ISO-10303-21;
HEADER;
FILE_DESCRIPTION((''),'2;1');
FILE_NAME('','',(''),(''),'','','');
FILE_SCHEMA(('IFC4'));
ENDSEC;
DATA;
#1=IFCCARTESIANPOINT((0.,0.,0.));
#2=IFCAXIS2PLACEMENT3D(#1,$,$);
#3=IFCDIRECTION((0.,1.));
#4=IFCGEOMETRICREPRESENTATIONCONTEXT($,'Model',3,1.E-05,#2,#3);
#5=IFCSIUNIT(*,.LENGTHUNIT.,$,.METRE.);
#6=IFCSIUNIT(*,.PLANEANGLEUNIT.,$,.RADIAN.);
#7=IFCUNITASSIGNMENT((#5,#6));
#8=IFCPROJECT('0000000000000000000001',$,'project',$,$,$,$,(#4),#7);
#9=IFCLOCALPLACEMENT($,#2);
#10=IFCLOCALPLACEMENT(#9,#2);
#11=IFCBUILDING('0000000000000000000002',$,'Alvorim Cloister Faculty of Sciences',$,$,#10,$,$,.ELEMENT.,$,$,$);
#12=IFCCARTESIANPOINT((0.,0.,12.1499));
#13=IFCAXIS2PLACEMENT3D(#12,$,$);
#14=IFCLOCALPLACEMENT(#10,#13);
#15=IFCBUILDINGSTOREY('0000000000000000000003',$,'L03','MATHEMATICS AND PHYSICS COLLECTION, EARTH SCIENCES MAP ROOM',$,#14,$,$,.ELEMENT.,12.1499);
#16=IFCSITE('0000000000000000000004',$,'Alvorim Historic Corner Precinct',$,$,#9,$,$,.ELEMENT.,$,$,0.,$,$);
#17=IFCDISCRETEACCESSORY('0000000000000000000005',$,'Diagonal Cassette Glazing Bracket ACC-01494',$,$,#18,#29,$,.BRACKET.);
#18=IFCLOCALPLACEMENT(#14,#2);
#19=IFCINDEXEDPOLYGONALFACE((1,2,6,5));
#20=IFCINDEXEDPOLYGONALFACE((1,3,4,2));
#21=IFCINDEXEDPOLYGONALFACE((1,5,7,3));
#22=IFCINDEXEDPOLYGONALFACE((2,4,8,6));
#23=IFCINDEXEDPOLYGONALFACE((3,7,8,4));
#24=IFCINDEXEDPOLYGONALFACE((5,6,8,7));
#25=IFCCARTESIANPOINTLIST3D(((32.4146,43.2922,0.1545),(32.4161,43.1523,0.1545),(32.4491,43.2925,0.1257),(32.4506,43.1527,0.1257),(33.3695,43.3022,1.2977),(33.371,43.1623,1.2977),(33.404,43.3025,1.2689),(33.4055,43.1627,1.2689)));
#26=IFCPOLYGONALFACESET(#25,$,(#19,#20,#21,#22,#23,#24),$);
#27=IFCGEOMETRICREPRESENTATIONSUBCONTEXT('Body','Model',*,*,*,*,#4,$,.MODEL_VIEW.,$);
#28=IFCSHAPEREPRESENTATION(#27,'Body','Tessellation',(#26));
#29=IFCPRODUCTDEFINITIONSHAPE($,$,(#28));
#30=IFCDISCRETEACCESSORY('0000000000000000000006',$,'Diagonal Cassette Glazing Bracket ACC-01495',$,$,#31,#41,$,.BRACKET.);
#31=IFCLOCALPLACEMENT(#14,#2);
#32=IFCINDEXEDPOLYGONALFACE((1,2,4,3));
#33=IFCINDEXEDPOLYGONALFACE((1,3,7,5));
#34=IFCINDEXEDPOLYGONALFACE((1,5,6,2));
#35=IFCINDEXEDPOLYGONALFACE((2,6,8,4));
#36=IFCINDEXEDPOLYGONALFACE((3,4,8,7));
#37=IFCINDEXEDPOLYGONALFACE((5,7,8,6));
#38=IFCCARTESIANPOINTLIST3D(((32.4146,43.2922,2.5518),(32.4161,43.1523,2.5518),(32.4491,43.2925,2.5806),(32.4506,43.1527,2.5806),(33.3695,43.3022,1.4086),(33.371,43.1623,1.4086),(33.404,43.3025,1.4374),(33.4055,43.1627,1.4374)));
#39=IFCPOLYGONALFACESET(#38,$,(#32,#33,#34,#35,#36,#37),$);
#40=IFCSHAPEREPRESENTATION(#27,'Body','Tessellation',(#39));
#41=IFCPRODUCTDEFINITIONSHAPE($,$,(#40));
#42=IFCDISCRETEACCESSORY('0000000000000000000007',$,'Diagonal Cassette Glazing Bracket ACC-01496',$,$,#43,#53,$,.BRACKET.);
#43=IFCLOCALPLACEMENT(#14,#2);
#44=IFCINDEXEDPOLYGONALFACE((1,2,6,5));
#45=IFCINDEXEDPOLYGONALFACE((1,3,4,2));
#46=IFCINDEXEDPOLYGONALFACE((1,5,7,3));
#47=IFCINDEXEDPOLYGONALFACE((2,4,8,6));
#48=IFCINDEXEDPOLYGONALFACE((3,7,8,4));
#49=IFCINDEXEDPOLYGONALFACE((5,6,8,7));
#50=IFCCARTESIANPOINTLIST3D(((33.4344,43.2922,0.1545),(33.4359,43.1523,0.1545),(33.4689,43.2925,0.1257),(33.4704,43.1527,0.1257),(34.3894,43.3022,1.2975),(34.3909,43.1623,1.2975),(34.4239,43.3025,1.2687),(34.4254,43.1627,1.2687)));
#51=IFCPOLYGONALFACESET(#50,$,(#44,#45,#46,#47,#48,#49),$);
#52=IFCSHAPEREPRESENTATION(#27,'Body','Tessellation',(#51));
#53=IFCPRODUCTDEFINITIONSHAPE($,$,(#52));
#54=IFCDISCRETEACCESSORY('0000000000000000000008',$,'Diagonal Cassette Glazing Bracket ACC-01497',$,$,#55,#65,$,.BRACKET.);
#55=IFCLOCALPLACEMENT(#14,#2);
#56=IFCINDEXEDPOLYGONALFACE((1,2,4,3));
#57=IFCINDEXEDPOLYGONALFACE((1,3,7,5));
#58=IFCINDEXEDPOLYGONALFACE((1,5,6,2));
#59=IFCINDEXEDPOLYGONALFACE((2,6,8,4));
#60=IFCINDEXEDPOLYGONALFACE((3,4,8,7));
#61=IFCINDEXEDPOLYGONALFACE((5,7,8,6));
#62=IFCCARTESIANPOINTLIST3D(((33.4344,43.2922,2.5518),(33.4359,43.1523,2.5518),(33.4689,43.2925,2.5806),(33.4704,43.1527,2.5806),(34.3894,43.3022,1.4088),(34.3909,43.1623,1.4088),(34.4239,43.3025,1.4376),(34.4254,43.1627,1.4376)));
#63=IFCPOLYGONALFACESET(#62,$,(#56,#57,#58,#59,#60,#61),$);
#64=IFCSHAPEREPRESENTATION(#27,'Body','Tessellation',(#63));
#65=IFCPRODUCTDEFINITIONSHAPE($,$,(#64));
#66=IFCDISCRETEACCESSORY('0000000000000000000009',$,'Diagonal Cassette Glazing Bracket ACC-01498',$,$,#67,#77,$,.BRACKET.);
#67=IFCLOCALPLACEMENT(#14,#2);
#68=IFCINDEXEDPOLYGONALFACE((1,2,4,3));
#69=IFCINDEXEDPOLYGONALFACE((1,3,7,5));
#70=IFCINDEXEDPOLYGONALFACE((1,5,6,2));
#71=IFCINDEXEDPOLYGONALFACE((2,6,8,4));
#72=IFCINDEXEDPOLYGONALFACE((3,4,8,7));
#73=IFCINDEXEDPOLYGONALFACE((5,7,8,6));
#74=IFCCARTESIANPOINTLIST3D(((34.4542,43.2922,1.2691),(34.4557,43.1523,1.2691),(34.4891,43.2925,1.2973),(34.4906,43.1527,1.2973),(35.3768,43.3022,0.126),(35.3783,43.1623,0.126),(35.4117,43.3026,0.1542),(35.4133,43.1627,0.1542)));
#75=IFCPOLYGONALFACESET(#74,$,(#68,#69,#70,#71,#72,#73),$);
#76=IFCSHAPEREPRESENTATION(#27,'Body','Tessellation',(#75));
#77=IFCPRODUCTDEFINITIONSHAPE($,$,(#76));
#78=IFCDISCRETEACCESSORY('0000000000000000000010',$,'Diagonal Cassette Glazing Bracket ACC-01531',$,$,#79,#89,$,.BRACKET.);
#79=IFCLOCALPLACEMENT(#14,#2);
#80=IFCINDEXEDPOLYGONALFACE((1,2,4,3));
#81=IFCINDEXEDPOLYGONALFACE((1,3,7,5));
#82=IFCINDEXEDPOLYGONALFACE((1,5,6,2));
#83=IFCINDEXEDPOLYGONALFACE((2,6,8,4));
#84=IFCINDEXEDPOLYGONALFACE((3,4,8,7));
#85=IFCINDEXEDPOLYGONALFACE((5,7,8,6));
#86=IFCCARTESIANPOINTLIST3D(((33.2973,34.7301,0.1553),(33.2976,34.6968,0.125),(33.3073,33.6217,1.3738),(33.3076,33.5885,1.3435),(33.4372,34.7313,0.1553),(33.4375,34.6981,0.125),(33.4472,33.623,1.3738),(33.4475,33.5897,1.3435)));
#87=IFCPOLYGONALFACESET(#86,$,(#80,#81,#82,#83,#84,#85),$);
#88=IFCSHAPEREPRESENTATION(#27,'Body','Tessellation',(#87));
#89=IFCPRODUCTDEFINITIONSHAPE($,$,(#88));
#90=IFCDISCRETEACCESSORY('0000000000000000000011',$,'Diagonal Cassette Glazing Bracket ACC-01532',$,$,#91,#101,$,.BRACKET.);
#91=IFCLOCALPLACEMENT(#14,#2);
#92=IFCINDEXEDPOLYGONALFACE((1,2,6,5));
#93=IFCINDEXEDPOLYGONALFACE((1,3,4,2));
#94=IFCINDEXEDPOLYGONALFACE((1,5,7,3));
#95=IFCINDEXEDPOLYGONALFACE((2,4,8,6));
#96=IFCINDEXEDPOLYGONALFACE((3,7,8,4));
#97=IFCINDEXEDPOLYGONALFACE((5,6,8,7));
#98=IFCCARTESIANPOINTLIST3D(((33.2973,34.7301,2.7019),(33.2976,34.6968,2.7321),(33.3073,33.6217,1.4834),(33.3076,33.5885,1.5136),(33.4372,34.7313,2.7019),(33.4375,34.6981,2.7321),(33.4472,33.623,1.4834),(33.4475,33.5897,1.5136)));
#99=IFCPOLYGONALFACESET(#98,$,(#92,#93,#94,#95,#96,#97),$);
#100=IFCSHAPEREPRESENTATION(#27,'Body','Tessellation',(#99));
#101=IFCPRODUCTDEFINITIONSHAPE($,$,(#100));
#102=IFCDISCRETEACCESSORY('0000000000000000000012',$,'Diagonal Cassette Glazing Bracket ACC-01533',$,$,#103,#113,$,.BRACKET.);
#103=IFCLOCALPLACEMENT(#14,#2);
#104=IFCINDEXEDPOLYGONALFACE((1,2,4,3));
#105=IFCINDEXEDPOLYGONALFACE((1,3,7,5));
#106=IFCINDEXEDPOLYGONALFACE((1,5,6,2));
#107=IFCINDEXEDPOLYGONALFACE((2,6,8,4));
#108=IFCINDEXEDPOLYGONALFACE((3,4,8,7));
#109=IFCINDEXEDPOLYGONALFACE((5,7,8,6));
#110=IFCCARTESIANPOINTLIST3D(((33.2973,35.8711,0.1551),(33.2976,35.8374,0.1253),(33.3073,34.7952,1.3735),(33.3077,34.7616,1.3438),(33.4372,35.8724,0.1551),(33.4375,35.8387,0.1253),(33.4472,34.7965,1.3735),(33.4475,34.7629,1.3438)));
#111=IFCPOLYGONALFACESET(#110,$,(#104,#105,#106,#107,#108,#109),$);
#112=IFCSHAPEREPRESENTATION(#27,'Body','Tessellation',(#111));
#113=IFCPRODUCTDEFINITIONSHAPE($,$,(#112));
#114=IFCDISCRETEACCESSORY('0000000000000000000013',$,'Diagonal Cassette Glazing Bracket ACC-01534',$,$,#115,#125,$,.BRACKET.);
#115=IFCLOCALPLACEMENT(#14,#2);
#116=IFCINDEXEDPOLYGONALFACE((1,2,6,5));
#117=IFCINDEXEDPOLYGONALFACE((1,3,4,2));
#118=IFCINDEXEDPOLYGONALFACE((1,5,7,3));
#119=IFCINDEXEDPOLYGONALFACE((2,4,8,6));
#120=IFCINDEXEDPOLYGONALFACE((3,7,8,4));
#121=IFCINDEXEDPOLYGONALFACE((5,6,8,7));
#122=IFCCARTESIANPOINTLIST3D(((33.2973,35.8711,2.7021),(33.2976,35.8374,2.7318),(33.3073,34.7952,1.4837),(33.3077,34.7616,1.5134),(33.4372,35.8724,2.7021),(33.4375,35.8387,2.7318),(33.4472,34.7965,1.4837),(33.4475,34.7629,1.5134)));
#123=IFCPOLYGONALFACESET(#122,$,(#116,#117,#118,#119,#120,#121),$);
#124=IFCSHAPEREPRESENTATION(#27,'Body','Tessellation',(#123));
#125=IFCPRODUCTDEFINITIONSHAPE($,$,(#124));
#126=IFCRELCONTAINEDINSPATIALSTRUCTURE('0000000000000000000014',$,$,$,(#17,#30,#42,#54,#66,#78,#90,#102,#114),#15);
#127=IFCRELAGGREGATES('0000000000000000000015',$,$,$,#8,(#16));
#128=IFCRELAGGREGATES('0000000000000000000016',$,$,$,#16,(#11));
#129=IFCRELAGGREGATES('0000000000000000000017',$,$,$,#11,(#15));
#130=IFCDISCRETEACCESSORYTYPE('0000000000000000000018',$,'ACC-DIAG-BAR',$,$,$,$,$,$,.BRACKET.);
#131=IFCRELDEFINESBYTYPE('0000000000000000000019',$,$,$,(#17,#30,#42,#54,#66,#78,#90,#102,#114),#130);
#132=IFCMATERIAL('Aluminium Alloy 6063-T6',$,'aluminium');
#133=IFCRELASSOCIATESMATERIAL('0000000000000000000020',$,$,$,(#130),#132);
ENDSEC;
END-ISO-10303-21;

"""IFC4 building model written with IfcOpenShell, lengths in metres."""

from ifc_helpers import new_model, si_unit, direction, frame, origin, origin_2d, place, context, subcontext, project, spatial, rectangle, extrude, material, type_object, element, save


model = new_model("IFC4")

# Units and contexts
model_context = context("Model", 3, precision=1e-05, world=origin(), true_north=direction((0.0, 1.0)))
body_context = subcontext(model_context, "Body", "Model", "MODEL_VIEW")
ifc_project = project(units=[si_unit("LENGTHUNIT", "METRE"), si_unit("PLANEANGLEUNIT", "RADIAN")], contexts=[model_context])

# Site, building, storey
site_placement = place(None, origin())
site = spatial("IfcSite", under=ifc_project, at=site_placement, Name="Alvorim Historic Corner Precinct", CompositionType="ELEMENT", RefElevation=0.0)
building_placement = place(site_placement, origin())
building = spatial("IfcBuilding", under=site, at=building_placement, Name="Alvorim Cloister Faculty of Sciences", CompositionType="ELEMENT")
storey_placement = place(building_placement, frame((0.0, 0.0, 12.1499)))
storey = spatial("IfcBuildingStorey", under=building, at=storey_placement, Name="L03", Description="MATHEMATICS AND PHYSICS COLLECTION, EARTH SCIENCES MAP ROOM", CompositionType="ELEMENT", Elevation=12.1499)

# Shared definitions
ifc_material_1 = material(Name="Aluminium Alloy 6063-T6", Category="aluminium")

# Discrete accessories
discrete_accessory_type = type_object("IfcDiscreteAccessoryType", Name="ACC-DIAG-BAR", PredefinedType="BRACKET", material=ifc_material_1)
for number, where, z_axis, x_axis, name in (
    (1, (32.4326, 43.2224, 0.1401), (0.641072, 0.006721, 0.767451), (-0.010483, 0.999945, 0.0), "Diagonal Cassette Glazing Bracket ACC-01494"),
    (2, (32.4326, 43.2224, 2.5662), (0.641072, 0.006721, -0.767451), (-0.010483, 0.999945, 0.0), "Diagonal Cassette Glazing Bracket ACC-01495"),
    (3, (33.4524, 43.2224, 0.1401), (0.641169, 0.00672, 0.76737), (-0.01048, 0.999945, 0.0), "Diagonal Cassette Glazing Bracket ACC-01496"),
    (4, (33.4524, 43.2224, 2.5662), (0.641169, 0.00672, -0.76737), (-0.01048, 0.999945, 0.0), "Diagonal Cassette Glazing Bracket ACC-01497"),
):
    element("IfcDiscreteAccessory", number, at=place(storey_placement, frame(where, z_axis=z_axis, x_axis=x_axis)), inside=storey, type_object=discrete_accessory_type, Name=name, PredefinedType="BRACKET", context=body_context, shape_type="SweptSolid", body=[
        extrude(rectangle(XDim=0.1399, YDim=0.0449, at=origin_2d()), origin(), (0.0, 0.0, 1.0), 1.4895),
    ])
discrete_accessory_placement = place(storey_placement, frame((34.4724, 43.2224, 1.2832), z_axis=(0.628059, 0.006814, -0.778136), x_axis=(-0.010849, 0.999941, 0.0)))
element("IfcDiscreteAccessory", 5, at=discrete_accessory_placement, inside=storey, type_object=discrete_accessory_type, Name="Diagonal Cassette Glazing Bracket ACC-01498", PredefinedType="BRACKET", context=body_context, shape_type="SweptSolid", body=[
    extrude(rectangle(XDim=0.1399, YDim=0.0449, at=origin_2d()), origin(), (0.0, 0.0, 1.0), 1.469),
])
for number, where, z_axis, x_axis, name in (
    (6, (33.3774, 33.6057, 1.3586), (-0.006077, 0.672882, -0.739725), (-0.999959, -0.00903, 0.0), "Diagonal Cassette Glazing Bracket ACC-01531"),
    (7, (33.3774, 33.6057, 1.4985), (-0.006077, 0.672882, 0.739725), (-0.999959, -0.00903, 0.0), "Diagonal Cassette Glazing Bracket ACC-01532"),
):
    element("IfcDiscreteAccessory", number, at=place(storey_placement, frame(where, z_axis=z_axis, x_axis=x_axis)), inside=storey, type_object=discrete_accessory_type, Name=name, PredefinedType="BRACKET", context=body_context, shape_type="SweptSolid", body=[
        extrude(rectangle(XDim=0.1399, YDim=0.0449, at=origin_2d()), origin(), (0.0, 0.0, 1.0), 1.6472),
    ])
for number, where, z_axis, x_axis, name in (
    (8, (33.3774, 34.7791, 1.3586), (-0.006158, 0.661877, -0.749587), (-0.999957, -0.009303, 0.0), "Diagonal Cassette Glazing Bracket ACC-01533"),
    (9, (33.3774, 34.7791, 1.4985), (-0.006158, 0.661877, 0.749587), (-0.999957, -0.009303, 0.0), "Diagonal Cassette Glazing Bracket ACC-01534"),
):
    element("IfcDiscreteAccessory", number, at=place(storey_placement, frame(where, z_axis=z_axis, x_axis=x_axis)), inside=storey, type_object=discrete_accessory_type, Name=name, PredefinedType="BRACKET", context=body_context, shape_type="SweptSolid", body=[
        extrude(rectangle(XDim=0.1399, YDim=0.0449, at=origin_2d()), origin(), (0.0, 0.0, 1.0), 1.6255),
    ])

save(model, "model.ifc")
